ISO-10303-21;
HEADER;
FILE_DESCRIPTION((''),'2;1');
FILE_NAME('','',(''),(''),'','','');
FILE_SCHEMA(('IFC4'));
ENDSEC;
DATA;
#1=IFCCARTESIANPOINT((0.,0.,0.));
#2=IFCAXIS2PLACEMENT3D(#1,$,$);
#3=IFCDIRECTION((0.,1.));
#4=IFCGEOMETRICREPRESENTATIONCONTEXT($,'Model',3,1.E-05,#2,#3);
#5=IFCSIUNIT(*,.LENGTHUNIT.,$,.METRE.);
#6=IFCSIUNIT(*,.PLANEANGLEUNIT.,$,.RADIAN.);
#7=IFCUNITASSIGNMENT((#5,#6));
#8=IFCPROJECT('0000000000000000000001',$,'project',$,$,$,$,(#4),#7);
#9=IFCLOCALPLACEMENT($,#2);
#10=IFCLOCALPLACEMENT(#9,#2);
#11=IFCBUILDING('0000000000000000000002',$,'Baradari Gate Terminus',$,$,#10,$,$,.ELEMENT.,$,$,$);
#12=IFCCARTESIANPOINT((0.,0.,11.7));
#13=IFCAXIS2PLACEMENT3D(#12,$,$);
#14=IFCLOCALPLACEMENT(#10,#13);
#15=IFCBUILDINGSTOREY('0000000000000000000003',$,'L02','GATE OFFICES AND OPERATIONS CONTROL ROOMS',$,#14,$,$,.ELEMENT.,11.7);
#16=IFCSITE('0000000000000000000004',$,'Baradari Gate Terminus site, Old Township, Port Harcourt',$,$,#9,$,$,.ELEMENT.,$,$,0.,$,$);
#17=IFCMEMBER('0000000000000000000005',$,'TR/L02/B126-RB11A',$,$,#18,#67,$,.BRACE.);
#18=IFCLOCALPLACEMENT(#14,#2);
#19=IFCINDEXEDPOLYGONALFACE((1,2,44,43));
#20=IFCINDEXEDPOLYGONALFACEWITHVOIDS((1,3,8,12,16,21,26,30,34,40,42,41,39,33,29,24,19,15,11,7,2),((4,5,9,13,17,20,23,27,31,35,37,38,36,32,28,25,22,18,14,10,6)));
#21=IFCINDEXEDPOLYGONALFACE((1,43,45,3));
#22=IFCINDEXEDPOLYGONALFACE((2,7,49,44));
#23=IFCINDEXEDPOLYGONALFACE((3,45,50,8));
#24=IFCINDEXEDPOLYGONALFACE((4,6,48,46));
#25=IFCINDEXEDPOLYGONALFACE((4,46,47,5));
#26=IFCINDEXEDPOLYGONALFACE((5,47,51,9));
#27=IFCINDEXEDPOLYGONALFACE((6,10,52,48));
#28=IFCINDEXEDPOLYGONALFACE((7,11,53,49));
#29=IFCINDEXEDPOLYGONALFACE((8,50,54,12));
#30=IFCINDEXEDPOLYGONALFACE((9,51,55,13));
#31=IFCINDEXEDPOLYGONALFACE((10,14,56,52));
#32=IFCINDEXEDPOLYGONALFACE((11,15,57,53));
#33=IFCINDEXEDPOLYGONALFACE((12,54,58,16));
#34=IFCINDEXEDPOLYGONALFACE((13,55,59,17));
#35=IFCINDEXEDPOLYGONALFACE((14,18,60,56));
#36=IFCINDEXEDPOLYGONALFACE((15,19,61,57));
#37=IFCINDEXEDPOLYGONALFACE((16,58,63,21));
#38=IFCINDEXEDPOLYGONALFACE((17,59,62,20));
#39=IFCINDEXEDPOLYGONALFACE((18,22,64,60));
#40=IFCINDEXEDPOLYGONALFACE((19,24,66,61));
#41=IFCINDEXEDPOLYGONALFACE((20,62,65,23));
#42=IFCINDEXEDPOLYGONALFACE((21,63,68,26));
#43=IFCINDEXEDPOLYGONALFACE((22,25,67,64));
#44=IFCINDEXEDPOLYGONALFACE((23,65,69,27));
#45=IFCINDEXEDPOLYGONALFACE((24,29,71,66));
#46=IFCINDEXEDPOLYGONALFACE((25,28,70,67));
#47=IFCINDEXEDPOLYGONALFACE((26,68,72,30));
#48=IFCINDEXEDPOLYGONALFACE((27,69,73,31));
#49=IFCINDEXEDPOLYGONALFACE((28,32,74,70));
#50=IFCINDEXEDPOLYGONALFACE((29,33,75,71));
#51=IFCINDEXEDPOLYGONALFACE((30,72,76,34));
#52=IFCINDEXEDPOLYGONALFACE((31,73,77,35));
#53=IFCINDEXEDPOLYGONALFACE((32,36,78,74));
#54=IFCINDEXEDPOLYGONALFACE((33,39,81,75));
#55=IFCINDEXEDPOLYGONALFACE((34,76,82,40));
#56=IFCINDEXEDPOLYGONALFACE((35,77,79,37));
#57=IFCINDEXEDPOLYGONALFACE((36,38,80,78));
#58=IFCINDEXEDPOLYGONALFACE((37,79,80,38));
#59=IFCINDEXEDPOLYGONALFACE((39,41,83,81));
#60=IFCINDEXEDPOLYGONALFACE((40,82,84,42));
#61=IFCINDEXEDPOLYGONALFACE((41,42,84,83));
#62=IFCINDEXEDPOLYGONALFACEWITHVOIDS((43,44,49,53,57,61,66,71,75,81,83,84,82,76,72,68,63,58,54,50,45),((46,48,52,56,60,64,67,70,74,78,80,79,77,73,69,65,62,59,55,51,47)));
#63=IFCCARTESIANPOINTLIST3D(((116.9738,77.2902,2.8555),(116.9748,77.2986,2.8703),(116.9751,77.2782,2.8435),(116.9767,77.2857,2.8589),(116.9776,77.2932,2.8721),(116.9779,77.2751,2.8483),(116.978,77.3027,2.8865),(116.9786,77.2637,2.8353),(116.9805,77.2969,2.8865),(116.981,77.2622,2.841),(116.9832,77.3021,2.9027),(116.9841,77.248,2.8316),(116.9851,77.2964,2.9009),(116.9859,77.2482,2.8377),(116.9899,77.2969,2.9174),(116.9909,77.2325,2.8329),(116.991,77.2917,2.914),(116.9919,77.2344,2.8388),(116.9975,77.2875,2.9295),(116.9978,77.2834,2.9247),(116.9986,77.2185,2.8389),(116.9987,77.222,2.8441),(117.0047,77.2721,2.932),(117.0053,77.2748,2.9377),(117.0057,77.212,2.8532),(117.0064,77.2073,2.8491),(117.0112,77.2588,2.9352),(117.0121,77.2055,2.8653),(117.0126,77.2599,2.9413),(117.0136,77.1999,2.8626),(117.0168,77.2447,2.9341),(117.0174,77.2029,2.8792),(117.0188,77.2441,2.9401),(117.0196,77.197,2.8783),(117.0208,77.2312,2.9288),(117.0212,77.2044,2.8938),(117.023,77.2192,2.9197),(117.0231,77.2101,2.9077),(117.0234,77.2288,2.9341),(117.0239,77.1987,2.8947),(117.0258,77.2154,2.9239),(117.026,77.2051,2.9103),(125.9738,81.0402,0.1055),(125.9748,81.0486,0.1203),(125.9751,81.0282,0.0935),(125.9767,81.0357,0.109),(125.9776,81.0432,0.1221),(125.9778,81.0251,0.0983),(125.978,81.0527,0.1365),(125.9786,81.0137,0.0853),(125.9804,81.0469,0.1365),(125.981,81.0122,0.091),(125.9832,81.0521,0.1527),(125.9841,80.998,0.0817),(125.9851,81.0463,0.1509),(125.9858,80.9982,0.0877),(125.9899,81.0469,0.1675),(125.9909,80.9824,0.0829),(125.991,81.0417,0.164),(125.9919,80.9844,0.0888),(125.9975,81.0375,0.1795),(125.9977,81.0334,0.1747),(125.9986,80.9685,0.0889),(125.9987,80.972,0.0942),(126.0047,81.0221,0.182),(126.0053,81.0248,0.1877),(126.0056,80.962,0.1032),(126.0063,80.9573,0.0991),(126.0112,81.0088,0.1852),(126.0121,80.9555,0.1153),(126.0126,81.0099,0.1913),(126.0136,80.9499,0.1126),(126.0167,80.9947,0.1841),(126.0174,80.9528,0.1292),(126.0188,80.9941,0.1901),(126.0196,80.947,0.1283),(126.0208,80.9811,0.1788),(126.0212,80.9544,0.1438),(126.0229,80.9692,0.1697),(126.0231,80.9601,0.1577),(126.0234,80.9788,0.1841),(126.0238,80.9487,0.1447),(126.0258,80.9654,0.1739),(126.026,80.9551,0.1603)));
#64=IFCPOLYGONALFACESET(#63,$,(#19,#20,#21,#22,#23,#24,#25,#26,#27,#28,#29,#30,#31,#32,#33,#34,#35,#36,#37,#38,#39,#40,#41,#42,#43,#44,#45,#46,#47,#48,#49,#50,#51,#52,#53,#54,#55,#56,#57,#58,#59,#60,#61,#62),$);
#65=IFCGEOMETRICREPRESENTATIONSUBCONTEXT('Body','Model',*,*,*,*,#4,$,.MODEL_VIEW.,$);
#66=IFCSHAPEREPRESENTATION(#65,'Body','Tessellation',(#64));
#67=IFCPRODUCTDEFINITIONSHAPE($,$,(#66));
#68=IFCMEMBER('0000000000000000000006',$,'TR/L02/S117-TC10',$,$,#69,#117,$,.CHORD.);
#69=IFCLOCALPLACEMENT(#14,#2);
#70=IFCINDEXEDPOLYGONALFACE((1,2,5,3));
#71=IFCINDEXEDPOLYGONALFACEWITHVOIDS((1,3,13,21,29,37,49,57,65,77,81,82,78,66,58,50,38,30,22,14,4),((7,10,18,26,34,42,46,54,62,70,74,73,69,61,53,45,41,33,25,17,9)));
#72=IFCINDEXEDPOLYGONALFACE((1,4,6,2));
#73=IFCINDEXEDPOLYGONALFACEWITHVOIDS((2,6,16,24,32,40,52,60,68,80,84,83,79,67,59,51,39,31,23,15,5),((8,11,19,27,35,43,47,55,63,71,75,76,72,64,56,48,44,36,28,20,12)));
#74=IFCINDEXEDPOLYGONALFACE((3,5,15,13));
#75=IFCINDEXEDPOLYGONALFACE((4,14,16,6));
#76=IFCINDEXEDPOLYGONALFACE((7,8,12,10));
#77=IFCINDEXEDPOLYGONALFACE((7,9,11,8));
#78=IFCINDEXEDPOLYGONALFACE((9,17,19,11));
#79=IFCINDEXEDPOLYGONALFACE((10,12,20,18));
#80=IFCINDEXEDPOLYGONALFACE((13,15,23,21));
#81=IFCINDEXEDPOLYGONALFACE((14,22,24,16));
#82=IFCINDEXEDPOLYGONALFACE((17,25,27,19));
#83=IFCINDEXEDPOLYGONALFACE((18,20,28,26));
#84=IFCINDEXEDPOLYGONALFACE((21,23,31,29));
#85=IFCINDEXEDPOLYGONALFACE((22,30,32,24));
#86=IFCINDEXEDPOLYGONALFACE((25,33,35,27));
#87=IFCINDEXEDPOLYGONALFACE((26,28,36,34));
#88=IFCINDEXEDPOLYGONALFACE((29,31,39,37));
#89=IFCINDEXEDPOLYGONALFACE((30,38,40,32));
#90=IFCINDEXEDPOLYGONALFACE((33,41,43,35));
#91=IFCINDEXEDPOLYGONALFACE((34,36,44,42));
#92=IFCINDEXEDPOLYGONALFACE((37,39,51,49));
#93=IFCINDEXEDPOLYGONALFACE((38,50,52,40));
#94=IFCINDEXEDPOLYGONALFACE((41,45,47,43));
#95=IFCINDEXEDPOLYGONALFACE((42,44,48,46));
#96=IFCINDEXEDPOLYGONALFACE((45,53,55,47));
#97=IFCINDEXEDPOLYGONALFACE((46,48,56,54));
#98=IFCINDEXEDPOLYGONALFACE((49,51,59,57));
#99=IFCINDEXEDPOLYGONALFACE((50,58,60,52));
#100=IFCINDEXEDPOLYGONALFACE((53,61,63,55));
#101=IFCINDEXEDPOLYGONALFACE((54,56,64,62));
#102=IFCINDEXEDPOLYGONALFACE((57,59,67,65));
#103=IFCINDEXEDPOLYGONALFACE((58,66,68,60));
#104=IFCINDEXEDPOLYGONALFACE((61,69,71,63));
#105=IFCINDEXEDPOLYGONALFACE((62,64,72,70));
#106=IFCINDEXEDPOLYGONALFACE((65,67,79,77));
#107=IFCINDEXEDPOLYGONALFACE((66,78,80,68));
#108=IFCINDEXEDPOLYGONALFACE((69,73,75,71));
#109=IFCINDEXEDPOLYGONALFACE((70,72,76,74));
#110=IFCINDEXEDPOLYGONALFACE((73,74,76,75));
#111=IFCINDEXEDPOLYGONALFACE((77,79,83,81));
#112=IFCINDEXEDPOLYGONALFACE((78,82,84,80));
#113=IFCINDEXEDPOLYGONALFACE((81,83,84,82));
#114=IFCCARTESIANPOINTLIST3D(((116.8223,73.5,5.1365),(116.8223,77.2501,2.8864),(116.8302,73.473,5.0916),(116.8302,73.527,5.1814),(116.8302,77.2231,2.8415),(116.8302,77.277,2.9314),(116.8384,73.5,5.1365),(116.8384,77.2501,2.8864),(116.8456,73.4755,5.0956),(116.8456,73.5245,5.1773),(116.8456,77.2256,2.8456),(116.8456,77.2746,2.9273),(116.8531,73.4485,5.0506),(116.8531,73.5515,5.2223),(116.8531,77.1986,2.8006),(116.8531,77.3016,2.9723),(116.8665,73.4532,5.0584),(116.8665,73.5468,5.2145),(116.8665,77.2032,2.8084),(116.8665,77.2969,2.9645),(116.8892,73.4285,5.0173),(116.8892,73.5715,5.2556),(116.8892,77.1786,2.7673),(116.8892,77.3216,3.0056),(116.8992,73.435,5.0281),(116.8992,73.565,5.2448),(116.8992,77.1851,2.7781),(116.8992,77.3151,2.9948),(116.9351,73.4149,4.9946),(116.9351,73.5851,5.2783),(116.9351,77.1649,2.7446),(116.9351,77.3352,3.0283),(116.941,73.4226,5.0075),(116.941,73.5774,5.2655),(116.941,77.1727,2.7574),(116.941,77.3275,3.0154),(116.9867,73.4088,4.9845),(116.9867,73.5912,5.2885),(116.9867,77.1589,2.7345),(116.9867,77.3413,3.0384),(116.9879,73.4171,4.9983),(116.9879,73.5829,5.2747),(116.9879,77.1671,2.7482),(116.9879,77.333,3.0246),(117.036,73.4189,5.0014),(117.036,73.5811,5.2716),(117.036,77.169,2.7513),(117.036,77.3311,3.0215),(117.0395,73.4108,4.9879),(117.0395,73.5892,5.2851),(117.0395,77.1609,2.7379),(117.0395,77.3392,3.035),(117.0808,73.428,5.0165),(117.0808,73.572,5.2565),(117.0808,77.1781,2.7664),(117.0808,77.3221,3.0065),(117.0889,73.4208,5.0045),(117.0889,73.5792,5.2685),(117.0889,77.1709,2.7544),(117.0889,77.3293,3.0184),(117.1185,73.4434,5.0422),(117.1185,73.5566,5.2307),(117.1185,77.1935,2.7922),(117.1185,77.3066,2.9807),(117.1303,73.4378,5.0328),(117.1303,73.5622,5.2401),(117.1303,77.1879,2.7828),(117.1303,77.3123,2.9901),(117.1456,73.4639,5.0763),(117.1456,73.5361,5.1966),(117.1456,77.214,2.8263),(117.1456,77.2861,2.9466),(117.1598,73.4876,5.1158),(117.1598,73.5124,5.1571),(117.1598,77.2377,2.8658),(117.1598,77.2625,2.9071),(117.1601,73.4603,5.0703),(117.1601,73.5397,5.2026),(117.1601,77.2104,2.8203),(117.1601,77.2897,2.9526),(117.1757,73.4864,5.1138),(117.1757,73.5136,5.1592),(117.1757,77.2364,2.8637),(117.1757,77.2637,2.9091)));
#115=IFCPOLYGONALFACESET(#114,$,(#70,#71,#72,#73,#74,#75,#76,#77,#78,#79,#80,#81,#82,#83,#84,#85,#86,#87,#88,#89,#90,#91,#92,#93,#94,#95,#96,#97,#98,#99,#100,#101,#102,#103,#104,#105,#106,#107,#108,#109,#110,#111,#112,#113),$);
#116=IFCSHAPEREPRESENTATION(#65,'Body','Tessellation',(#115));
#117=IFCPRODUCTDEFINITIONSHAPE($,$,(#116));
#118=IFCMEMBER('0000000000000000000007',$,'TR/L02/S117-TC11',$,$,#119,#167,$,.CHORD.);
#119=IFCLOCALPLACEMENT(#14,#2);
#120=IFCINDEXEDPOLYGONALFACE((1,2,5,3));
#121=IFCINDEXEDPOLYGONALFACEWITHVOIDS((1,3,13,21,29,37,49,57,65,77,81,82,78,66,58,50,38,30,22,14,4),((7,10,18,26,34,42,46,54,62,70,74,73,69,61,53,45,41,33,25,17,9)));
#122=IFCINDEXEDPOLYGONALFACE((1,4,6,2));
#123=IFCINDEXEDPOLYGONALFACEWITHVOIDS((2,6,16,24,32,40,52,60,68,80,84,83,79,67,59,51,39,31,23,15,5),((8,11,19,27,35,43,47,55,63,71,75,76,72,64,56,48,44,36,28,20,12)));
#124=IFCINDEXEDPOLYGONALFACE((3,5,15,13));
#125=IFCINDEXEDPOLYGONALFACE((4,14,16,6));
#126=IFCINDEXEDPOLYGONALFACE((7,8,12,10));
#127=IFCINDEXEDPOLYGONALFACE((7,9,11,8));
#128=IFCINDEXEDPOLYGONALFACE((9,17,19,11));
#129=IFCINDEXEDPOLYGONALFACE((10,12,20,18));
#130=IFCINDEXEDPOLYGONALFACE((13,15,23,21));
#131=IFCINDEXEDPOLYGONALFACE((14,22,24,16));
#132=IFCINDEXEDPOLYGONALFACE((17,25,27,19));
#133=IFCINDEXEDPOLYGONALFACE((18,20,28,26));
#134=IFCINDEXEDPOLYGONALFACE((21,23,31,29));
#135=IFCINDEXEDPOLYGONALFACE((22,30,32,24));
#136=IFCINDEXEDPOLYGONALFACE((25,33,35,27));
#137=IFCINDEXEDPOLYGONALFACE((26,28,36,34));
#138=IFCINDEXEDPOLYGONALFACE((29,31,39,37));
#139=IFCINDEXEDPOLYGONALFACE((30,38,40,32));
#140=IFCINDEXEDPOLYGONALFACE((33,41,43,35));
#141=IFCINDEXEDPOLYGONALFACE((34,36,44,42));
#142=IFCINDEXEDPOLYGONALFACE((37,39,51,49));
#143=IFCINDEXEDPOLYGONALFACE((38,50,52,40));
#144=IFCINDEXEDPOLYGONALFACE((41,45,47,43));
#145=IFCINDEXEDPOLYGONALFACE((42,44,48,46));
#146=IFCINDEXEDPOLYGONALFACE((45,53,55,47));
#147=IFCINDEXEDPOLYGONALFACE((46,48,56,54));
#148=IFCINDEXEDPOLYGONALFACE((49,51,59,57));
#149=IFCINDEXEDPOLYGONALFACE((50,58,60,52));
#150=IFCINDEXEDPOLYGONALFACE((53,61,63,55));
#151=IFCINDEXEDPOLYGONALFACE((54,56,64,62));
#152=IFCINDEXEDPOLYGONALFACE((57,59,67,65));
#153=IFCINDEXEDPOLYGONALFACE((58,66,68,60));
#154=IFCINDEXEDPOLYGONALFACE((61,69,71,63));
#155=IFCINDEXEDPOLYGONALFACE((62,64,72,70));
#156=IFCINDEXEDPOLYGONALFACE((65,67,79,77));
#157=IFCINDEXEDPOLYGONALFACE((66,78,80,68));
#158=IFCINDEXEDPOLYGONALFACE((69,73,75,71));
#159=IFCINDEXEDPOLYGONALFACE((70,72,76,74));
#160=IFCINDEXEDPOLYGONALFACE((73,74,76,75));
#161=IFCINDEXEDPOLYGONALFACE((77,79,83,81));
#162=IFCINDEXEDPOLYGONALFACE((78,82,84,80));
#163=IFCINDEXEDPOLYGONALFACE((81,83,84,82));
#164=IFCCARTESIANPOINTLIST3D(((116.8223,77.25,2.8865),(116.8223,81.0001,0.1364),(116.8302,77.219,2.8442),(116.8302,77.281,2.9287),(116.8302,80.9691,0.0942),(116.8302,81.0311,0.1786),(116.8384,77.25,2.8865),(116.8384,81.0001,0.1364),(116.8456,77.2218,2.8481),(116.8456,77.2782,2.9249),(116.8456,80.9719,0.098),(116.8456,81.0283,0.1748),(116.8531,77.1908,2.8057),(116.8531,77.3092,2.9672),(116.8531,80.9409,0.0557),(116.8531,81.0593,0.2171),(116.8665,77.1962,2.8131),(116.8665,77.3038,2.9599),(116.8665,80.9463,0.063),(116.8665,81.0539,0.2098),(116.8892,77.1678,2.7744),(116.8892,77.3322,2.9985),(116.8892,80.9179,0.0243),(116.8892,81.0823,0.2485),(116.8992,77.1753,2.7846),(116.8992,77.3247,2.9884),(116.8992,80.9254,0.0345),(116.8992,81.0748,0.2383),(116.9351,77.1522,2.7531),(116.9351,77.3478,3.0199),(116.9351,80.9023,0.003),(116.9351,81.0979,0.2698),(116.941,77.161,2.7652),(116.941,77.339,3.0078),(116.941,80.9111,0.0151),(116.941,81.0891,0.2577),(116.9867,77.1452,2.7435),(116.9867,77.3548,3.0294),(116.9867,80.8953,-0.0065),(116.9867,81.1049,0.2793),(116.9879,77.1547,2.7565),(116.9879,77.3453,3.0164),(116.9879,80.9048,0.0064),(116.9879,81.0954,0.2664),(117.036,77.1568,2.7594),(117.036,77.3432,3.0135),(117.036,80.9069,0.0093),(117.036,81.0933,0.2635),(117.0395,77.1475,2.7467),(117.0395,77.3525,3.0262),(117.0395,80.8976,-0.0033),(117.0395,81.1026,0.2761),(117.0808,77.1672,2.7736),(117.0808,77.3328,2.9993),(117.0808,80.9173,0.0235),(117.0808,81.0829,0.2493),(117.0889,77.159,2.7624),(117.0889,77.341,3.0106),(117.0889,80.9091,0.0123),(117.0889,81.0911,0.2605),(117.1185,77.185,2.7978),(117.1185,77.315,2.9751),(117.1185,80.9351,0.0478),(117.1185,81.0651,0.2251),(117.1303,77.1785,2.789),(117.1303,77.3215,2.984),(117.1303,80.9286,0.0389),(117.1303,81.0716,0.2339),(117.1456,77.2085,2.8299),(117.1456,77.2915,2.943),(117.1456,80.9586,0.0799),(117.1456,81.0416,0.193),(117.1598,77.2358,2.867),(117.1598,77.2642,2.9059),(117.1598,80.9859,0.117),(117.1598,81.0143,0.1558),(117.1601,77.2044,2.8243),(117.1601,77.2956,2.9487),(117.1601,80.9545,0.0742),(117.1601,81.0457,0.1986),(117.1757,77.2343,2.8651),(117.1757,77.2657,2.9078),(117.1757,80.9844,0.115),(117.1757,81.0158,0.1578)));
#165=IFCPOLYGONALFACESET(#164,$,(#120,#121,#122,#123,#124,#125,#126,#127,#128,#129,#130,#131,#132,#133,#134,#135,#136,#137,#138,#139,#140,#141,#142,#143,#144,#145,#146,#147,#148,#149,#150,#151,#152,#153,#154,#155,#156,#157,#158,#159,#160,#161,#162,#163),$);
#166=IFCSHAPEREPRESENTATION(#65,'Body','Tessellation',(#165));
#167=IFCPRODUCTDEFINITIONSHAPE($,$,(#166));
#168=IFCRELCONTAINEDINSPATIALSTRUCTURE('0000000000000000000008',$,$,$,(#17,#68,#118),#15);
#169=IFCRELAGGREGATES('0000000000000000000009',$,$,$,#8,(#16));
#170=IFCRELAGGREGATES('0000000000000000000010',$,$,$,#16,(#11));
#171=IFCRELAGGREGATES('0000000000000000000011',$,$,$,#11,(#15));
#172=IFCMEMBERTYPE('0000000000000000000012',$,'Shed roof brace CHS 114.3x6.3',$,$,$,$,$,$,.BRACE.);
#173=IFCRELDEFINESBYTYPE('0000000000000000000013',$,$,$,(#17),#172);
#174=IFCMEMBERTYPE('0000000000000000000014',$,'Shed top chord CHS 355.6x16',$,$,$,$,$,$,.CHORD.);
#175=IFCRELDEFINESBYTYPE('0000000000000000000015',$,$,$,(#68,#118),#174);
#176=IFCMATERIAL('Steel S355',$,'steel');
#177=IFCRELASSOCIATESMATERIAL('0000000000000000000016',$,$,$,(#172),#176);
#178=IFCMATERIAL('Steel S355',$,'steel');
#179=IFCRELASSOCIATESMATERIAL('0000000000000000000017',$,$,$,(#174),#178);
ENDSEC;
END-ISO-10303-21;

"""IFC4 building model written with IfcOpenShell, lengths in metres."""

from ifc_helpers import new_model, si_unit, direction, frame, origin, origin_2d, place, context, subcontext, project, spatial, hollow_circle, extrude, material, material_profile, profile_set, type_object, element, save


model = new_model("IFC4")

# Units and contexts
model_context = context("Model", 3, precision=1e-05, world=origin(), true_north=direction((0.0, 1.0)))
body_context = subcontext(model_context, "Body", "Model", "MODEL_VIEW")
ifc_project = project(units=[si_unit("LENGTHUNIT", "METRE"), si_unit("PLANEANGLEUNIT", "RADIAN")], contexts=[model_context])

# Site, building, storey
site_placement = place(None, origin())
site = spatial("IfcSite", under=ifc_project, at=site_placement, Name="Baradari Gate Terminus site, Old Township, Port Harcourt", CompositionType="ELEMENT", RefElevation=0.0)
building_placement = place(site_placement, origin())
building = spatial("IfcBuilding", under=site, at=building_placement, Name="Baradari Gate Terminus", CompositionType="ELEMENT")
storey_placement = place(building_placement, frame((0.0, 0.0, 11.7)))
storey = spatial("IfcBuildingStorey", under=building, at=storey_placement, Name="L02", Description="GATE OFFICES AND OPERATIONS CONTROL ROOMS", CompositionType="ELEMENT", Elevation=11.7)

# Members
ifc_material_1 = material(Name="Steel S355", Category="steel")
ifc_material_profile_1 = material_profile(ifc_material_1, hollow_circle(Radius=0.0571, WallThickness=0.0063, at=origin_2d()), Name="CHS 114.3x6.3")
ifc_profile_set_1 = profile_set([ifc_material_profile_1], Name="Steel S355")
member_type_1 = type_object("IfcMemberType", Name="Shed roof brace CHS 114.3x6.3", PredefinedType="BRACE", material=ifc_profile_set_1)
member_1_placement = place(storey_placement, frame((117.0, 77.25, 2.8865), z_axis=(0.888415, 0.370173, -0.27146), x_axis=(-0.384615, 0.923077, 0.0)))
element("IfcMember", 1, at=member_1_placement, inside=storey, type_object=member_type_1, Name="TR/L02/B126-RB11A", PredefinedType="BRACE", context=body_context, shape_type="SweptSolid", body=[
    extrude(hollow_circle(Radius=0.0571, WallThickness=0.0063, at=origin_2d()), origin(), (0.0, 0.0, 1.0), 10.1304),
])
ifc_material_2 = material(Name="Steel S355", Category="steel")
ifc_material_profile_2 = material_profile(ifc_material_2, hollow_circle(Radius=0.1777, WallThickness=0.0161, at=origin_2d()), Name="CHS 355.6x16")
ifc_profile_set_2 = profile_set([ifc_material_profile_2], Name="Steel S355")
member_type_2 = type_object("IfcMemberType", Name="Shed top chord CHS 355.6x16", PredefinedType="CHORD", material=ifc_profile_set_2)
member_2_placement = place(storey_placement, frame((117.0, 73.5, 5.1365), z_axis=(0.0, 0.857493, -0.514496), x_axis=(-1.0, 0.0, 0.0)))
element("IfcMember", 2, at=member_2_placement, inside=storey, type_object=member_type_2, Name="TR/L02/S117-TC10", PredefinedType="CHORD", context=body_context, shape_type="SweptSolid", body=[
    extrude(hollow_circle(Radius=0.1777, WallThickness=0.0161, at=origin_2d()), origin(), (0.0, 0.0, 1.0), 4.3733),
])
member_3_placement = place(storey_placement, frame((117.0, 77.25, 2.8865), z_axis=(0.0, 0.806405, -0.591364), x_axis=(-1.0, 0.0, 0.0)))
element("IfcMember", 3, at=member_3_placement, inside=storey, type_object=member_type_2, Name="TR/L02/S117-TC11", PredefinedType="CHORD", context=body_context, shape_type="SweptSolid", body=[
    extrude(hollow_circle(Radius=0.1777, WallThickness=0.0161, at=origin_2d()), origin(), (0.0, 0.0, 1.0), 4.6504),
])

save(model, "model.ifc")
